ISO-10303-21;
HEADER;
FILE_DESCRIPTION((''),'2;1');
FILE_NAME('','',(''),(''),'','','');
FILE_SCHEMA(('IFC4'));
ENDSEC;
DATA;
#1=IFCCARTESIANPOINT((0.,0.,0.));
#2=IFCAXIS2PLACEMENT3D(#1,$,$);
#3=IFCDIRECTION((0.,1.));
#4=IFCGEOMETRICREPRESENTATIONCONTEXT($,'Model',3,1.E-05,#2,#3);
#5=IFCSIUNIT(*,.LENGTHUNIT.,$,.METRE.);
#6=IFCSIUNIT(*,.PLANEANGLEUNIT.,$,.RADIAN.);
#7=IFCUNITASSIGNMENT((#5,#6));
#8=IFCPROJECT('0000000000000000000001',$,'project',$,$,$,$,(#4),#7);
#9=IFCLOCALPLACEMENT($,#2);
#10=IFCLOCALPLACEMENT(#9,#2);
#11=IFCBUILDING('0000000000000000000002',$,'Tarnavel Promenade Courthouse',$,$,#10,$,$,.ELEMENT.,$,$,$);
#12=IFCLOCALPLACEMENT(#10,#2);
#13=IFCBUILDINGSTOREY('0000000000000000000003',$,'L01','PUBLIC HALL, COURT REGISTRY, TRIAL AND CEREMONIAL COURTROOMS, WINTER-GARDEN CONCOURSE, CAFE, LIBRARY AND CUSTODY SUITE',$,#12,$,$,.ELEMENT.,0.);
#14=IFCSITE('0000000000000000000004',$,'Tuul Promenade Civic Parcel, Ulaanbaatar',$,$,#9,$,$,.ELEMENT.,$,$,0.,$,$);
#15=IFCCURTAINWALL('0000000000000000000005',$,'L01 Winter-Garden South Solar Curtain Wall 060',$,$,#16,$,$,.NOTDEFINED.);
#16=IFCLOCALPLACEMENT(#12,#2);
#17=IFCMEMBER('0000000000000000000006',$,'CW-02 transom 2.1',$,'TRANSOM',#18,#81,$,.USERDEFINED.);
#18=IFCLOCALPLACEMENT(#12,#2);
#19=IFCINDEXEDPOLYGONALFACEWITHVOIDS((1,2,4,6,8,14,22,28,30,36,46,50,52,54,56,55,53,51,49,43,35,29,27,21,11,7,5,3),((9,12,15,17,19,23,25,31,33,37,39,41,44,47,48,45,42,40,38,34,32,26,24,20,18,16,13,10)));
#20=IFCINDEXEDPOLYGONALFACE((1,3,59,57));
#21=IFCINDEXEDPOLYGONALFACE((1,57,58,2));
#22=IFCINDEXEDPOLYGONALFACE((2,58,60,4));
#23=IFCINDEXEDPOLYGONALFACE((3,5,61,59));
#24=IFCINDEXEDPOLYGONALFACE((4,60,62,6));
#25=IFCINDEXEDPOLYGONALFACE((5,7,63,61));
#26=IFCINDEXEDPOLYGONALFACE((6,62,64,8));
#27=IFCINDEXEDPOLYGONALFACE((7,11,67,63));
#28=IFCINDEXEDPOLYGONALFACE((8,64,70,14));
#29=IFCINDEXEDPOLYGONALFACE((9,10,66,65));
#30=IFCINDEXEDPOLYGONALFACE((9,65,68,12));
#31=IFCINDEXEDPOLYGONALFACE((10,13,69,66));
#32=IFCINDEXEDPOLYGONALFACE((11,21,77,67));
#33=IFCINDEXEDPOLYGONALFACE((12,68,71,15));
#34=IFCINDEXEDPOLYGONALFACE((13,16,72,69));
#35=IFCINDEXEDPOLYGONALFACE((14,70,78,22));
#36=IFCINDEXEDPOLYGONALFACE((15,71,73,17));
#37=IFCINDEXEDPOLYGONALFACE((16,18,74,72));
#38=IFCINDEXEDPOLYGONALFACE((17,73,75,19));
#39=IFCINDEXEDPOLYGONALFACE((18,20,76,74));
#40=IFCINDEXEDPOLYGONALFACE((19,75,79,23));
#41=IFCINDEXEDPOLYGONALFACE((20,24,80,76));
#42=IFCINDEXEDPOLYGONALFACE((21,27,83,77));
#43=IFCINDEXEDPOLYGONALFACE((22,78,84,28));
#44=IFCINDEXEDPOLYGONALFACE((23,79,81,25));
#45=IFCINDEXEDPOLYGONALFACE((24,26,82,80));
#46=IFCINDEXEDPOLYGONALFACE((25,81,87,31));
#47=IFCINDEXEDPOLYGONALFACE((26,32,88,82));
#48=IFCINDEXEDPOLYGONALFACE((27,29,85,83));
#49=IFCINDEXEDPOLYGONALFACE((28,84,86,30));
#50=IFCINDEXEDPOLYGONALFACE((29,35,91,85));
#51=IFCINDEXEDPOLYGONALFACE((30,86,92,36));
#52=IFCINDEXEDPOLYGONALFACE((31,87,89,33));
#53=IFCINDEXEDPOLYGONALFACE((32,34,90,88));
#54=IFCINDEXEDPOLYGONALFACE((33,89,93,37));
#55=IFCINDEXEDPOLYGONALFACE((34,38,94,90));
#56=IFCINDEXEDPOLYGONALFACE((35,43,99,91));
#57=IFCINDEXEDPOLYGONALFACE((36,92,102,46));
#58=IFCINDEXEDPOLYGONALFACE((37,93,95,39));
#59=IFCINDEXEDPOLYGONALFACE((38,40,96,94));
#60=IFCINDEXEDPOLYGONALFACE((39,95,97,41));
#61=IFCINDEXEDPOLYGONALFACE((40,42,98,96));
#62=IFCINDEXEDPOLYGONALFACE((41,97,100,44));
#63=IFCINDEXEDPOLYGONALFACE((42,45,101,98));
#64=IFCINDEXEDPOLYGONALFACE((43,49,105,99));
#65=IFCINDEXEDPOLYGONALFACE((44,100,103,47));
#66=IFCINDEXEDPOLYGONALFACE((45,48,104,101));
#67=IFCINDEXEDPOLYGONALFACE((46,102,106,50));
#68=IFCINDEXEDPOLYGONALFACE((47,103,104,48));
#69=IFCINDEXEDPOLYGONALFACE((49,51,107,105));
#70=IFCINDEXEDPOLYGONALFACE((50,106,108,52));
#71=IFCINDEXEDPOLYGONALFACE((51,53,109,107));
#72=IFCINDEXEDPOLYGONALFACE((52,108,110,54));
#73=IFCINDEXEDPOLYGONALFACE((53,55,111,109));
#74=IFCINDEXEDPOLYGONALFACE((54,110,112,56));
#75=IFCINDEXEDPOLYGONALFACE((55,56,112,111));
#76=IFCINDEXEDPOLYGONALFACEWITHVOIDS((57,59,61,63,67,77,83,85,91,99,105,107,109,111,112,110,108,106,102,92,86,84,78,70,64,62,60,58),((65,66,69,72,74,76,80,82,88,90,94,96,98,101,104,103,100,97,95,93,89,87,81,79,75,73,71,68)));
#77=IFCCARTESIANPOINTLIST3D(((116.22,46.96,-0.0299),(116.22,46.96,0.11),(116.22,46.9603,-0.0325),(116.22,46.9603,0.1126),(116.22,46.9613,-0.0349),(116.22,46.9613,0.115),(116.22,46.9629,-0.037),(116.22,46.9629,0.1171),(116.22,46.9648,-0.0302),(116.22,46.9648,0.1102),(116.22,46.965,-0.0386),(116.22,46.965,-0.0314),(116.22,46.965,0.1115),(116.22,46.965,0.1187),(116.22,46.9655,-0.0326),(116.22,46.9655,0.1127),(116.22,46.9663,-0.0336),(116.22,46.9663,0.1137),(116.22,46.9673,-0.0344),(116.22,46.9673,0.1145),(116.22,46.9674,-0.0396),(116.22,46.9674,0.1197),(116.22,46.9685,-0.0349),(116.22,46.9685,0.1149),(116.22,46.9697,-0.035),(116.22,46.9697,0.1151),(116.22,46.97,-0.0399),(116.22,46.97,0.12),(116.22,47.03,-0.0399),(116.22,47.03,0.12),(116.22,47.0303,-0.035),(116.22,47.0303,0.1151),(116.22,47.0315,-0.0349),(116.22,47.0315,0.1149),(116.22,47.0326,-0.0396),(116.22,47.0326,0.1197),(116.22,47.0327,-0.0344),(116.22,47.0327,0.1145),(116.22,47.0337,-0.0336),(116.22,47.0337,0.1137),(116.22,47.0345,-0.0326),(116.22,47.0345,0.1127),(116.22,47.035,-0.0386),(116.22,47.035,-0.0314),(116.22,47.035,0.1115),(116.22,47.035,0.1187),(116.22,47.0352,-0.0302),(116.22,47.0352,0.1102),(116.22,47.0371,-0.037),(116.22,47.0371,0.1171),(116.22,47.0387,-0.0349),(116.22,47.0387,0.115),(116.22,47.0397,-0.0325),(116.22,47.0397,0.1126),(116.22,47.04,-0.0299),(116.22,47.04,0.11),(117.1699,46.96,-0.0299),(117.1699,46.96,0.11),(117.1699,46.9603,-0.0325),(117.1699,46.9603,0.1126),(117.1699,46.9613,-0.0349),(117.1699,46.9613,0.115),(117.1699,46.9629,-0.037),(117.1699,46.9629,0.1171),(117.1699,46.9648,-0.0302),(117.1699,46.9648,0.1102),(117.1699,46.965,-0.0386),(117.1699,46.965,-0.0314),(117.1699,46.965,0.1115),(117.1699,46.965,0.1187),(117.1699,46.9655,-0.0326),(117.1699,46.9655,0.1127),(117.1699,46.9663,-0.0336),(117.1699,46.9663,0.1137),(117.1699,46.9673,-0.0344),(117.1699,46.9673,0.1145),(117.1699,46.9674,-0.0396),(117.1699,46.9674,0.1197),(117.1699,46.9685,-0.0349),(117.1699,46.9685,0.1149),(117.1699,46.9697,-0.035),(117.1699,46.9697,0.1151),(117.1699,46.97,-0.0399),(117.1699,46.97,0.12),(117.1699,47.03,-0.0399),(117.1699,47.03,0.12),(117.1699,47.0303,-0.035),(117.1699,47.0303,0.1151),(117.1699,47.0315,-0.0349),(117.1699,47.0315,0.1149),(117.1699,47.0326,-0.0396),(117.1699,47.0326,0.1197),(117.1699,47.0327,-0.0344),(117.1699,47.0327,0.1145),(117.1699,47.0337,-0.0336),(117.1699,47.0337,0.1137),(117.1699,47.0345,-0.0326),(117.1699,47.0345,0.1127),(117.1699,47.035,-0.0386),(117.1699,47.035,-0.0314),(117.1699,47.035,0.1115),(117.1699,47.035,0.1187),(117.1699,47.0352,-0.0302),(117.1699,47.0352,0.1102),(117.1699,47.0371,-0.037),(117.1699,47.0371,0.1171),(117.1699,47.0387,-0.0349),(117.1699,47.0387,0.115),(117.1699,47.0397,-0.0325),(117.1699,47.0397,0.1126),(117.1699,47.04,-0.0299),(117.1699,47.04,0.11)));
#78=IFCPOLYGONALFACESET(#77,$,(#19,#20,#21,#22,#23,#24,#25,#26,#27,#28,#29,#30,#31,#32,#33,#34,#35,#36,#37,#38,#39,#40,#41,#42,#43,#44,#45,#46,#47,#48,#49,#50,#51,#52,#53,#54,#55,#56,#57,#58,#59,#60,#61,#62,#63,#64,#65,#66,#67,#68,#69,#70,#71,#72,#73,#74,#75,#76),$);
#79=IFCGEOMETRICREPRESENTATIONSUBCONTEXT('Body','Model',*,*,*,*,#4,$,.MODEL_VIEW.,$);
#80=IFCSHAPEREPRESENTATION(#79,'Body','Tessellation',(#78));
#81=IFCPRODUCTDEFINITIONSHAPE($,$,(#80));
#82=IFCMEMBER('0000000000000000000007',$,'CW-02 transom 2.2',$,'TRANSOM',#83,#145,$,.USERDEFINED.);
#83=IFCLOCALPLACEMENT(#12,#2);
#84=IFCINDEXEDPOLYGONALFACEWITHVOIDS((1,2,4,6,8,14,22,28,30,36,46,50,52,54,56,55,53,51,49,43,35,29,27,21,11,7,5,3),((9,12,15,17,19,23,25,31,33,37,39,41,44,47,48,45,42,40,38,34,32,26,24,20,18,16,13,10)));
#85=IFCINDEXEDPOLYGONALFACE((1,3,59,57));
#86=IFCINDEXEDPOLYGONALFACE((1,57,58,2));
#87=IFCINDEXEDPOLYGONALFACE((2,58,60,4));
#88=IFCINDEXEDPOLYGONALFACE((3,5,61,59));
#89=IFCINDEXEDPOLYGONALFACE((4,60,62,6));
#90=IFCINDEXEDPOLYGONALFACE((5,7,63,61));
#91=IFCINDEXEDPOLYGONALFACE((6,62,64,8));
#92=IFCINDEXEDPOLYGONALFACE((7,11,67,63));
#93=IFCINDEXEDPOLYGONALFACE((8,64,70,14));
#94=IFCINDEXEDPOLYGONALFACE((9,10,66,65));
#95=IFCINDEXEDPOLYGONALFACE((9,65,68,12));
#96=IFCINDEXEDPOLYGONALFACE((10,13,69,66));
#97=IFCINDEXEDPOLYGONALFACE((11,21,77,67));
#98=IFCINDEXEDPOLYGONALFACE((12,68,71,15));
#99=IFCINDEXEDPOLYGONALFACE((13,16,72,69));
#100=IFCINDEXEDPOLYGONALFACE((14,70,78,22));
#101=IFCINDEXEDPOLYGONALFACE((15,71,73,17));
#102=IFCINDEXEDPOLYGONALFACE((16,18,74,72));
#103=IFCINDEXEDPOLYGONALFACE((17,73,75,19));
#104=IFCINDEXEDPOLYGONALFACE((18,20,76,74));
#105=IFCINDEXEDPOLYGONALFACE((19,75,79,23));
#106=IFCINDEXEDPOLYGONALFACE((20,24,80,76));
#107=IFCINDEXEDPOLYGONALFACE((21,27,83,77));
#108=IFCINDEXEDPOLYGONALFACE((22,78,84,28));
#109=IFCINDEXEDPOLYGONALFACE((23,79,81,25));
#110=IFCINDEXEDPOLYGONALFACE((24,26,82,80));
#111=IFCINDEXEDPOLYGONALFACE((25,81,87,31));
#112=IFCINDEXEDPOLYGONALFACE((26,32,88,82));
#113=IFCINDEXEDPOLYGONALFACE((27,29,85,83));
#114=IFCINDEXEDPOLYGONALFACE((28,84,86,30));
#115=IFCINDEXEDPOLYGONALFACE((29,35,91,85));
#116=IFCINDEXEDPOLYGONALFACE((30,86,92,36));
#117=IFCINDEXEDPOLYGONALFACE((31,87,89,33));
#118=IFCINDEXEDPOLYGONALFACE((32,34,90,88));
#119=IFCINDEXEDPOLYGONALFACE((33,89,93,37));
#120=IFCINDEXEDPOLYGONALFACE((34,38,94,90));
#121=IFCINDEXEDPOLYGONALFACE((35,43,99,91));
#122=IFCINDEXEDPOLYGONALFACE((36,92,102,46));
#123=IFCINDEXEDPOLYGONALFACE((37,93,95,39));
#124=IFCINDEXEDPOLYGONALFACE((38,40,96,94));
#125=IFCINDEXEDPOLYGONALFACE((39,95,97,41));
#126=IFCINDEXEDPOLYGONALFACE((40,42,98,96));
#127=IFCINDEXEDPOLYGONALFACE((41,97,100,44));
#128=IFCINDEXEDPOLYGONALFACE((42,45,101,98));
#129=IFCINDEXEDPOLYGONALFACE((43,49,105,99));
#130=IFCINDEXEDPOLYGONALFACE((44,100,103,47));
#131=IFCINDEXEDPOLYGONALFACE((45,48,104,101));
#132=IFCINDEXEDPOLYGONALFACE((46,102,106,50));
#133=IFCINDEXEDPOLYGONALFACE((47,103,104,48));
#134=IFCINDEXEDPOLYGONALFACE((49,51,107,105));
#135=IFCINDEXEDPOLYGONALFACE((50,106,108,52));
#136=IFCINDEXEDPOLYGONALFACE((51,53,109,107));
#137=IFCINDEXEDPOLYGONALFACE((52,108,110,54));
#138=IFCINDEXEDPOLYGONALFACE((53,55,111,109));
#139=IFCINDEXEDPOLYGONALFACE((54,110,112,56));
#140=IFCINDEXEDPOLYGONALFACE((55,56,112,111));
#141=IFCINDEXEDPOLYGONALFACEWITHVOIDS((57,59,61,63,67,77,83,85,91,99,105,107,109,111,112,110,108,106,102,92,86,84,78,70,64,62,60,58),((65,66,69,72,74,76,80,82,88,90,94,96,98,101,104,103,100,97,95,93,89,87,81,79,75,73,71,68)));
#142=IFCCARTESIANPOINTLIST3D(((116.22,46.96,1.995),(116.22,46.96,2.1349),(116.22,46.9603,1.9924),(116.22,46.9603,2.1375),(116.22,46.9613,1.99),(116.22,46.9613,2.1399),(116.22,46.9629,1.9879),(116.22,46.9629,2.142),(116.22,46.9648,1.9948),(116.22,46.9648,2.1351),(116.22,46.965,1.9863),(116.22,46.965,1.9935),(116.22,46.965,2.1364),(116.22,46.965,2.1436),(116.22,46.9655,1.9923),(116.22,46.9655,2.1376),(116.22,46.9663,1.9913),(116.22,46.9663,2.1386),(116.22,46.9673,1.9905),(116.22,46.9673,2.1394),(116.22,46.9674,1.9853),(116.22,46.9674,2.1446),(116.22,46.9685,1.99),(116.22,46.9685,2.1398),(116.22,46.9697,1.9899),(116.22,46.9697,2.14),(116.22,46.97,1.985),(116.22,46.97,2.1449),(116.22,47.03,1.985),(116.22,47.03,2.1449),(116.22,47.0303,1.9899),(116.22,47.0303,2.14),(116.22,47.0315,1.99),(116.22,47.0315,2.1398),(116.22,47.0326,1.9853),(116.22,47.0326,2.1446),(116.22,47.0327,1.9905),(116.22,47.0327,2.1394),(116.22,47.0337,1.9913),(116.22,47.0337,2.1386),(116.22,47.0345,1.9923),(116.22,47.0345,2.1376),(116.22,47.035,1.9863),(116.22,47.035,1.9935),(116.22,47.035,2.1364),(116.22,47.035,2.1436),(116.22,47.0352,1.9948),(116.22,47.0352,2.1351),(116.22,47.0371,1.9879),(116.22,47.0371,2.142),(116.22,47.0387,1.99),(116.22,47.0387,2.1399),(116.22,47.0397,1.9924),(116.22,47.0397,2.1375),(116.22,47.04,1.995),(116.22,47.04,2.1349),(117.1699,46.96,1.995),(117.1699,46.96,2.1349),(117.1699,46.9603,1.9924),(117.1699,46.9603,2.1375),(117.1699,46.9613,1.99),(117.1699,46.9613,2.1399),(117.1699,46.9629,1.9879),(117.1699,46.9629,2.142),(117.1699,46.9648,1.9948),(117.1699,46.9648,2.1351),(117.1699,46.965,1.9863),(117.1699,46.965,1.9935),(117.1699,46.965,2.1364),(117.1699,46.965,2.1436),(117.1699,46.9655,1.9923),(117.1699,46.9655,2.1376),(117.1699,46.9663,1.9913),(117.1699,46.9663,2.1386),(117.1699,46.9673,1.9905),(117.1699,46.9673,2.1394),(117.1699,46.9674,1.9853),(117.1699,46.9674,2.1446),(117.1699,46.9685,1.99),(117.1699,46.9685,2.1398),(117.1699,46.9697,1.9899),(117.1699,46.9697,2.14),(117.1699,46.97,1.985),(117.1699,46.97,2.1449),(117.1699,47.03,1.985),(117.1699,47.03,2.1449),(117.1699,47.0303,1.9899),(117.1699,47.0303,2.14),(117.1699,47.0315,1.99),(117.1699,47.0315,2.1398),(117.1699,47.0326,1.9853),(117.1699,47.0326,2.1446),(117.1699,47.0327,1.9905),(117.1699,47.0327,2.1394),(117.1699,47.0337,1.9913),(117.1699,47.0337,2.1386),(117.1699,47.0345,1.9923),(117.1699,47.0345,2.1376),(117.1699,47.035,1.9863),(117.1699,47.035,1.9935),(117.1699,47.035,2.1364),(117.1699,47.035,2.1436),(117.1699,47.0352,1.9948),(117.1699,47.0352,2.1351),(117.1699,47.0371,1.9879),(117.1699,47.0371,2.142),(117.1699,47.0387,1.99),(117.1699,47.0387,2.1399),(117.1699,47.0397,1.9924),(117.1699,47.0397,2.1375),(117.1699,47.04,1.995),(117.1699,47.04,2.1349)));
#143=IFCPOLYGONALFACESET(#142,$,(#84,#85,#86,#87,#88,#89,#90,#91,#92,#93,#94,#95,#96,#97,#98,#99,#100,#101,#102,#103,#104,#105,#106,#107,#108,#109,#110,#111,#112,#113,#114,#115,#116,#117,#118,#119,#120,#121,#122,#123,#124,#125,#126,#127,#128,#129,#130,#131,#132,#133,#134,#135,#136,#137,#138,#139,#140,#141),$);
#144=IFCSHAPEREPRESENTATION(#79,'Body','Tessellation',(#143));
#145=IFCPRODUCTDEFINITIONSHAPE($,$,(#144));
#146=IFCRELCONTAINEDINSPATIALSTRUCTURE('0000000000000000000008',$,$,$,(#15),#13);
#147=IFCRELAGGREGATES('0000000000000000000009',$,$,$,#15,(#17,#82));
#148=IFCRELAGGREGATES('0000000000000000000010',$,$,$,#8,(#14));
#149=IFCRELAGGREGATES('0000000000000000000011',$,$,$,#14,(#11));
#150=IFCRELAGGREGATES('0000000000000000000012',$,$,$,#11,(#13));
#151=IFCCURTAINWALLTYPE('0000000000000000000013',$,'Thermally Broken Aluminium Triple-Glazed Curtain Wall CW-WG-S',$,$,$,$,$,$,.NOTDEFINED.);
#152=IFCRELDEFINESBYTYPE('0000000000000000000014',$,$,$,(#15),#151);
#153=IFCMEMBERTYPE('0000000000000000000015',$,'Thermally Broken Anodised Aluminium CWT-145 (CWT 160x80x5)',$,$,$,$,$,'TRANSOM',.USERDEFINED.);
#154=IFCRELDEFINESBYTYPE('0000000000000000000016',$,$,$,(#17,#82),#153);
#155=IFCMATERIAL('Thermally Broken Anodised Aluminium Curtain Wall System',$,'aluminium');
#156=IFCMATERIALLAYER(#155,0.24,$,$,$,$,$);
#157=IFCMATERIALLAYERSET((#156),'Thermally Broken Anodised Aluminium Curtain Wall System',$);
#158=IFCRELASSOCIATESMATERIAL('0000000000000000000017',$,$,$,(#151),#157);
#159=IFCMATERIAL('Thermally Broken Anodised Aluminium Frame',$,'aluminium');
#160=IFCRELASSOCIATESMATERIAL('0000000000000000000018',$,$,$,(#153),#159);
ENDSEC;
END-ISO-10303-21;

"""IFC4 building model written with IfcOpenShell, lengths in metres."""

from ifc_helpers import new_model, si_unit, direction, frame, origin, origin_2d, place, context, subcontext, project, spatial, hollow_rectangle, extrude, material, layer, layer_set, material_profile, profile_set, type_object, element, aggregate, save


model = new_model("IFC4")

# Units and contexts
model_context = context("Model", 3, precision=1e-05, world=origin(), true_north=direction((0.0, 1.0)))
body_context = subcontext(model_context, "Body", "Model", "MODEL_VIEW")
ifc_project = project(units=[si_unit("LENGTHUNIT", "METRE"), si_unit("PLANEANGLEUNIT", "RADIAN")], contexts=[model_context])

# Site, building, storey
site_placement = place(None, origin())
site = spatial("IfcSite", under=ifc_project, at=site_placement, Name="Tuul Promenade Civic Parcel, Ulaanbaatar", CompositionType="ELEMENT", RefElevation=0.0)
building_placement = place(site_placement, origin())
building = spatial("IfcBuilding", under=site, at=building_placement, Name="Tarnavel Promenade Courthouse", CompositionType="ELEMENT")
storey_placement = place(building_placement, origin())
storey = spatial("IfcBuildingStorey", under=building, at=storey_placement, Name="L01", Description="PUBLIC HALL, COURT REGISTRY, TRIAL AND CEREMONIAL COURTROOMS, WINTER-GARDEN CONCOURSE, CAFE, LIBRARY AND CUSTODY SUITE", CompositionType="ELEMENT", Elevation=0.0)

# Curtain wall
ifc_material_1 = material(Name="Thermally Broken Anodised Aluminium Curtain Wall System", Category="aluminium")
ifc_layer_1 = layer(ifc_material_1, 0.24)
ifc_layer_set_1 = layer_set([ifc_layer_1], Name="Thermally Broken Anodised Aluminium Curtain Wall System")
curtain_wall_type = type_object("IfcCurtainWallType", Name="Thermally Broken Aluminium Triple-Glazed Curtain Wall CW-WG-S", PredefinedType="NOTDEFINED", material=ifc_layer_set_1)
curtain_wall_1_placement = place(storey_placement, origin())
curtain_wall_1 = element("IfcCurtainWall", 1, at=curtain_wall_1_placement, inside=storey, type_object=curtain_wall_type, Name="L01 Winter-Garden South Solar Curtain Wall 060", PredefinedType="NOTDEFINED")
ifc_material_2 = material(Name="Thermally Broken Anodised Aluminium Frame", Category="aluminium")

# Members
ifc_material_profile_1 = material_profile(ifc_material_2, hollow_rectangle(XDim=0.0801, YDim=0.1599, WallThickness=0.0049, InnerFilletRadius=0.0049, OuterFilletRadius=0.01, at=origin_2d()), Name="CWT 160x80x5")
ifc_profile_set_1 = profile_set([ifc_material_profile_1], Name="Thermally Broken Anodised Aluminium Frame")
member_type_1 = type_object("IfcMemberType", Name="Thermally Broken Anodised Aluminium CWT-145 (CWT 160x80x5)", ElementType="TRANSOM", PredefinedType="USERDEFINED", material=ifc_profile_set_1)
member_1_placement = place(storey_placement, frame((116.22, 47.0, 0.04), z_axis=(1.0, 0.0, 0.0), x_axis=(0.0, 1.0, 0.0)))
member_1 = element("IfcMember", 2, at=member_1_placement, type_object=member_type_1, Name="CW-02 transom 2.1", ObjectType="TRANSOM", PredefinedType="USERDEFINED", context=body_context, shape_type="SweptSolid", body=[
    extrude(hollow_rectangle(XDim=0.0801, YDim=0.1599, WallThickness=0.0049, InnerFilletRadius=0.0049, OuterFilletRadius=0.01, at=origin_2d()), origin(), (0.0, 0.0, 1.0), 0.95),
])
member_2_placement = place(storey_placement, frame((116.22, 47.0, 2.0649), z_axis=(1.0, 0.0, 0.0), x_axis=(0.0, 1.0, 0.0)))
member_2 = element("IfcMember", 3, at=member_2_placement, type_object=member_type_1, Name="CW-02 transom 2.2", ObjectType="TRANSOM", PredefinedType="USERDEFINED", context=body_context, shape_type="SweptSolid", body=[
    extrude(hollow_rectangle(XDim=0.0801, YDim=0.1599, WallThickness=0.0049, InnerFilletRadius=0.0049, OuterFilletRadius=0.01, at=origin_2d()), origin(), (0.0, 0.0, 1.0), 0.95),
])

aggregate(curtain_wall_1, [member_1, member_2])

save(model, "model.ifc")
